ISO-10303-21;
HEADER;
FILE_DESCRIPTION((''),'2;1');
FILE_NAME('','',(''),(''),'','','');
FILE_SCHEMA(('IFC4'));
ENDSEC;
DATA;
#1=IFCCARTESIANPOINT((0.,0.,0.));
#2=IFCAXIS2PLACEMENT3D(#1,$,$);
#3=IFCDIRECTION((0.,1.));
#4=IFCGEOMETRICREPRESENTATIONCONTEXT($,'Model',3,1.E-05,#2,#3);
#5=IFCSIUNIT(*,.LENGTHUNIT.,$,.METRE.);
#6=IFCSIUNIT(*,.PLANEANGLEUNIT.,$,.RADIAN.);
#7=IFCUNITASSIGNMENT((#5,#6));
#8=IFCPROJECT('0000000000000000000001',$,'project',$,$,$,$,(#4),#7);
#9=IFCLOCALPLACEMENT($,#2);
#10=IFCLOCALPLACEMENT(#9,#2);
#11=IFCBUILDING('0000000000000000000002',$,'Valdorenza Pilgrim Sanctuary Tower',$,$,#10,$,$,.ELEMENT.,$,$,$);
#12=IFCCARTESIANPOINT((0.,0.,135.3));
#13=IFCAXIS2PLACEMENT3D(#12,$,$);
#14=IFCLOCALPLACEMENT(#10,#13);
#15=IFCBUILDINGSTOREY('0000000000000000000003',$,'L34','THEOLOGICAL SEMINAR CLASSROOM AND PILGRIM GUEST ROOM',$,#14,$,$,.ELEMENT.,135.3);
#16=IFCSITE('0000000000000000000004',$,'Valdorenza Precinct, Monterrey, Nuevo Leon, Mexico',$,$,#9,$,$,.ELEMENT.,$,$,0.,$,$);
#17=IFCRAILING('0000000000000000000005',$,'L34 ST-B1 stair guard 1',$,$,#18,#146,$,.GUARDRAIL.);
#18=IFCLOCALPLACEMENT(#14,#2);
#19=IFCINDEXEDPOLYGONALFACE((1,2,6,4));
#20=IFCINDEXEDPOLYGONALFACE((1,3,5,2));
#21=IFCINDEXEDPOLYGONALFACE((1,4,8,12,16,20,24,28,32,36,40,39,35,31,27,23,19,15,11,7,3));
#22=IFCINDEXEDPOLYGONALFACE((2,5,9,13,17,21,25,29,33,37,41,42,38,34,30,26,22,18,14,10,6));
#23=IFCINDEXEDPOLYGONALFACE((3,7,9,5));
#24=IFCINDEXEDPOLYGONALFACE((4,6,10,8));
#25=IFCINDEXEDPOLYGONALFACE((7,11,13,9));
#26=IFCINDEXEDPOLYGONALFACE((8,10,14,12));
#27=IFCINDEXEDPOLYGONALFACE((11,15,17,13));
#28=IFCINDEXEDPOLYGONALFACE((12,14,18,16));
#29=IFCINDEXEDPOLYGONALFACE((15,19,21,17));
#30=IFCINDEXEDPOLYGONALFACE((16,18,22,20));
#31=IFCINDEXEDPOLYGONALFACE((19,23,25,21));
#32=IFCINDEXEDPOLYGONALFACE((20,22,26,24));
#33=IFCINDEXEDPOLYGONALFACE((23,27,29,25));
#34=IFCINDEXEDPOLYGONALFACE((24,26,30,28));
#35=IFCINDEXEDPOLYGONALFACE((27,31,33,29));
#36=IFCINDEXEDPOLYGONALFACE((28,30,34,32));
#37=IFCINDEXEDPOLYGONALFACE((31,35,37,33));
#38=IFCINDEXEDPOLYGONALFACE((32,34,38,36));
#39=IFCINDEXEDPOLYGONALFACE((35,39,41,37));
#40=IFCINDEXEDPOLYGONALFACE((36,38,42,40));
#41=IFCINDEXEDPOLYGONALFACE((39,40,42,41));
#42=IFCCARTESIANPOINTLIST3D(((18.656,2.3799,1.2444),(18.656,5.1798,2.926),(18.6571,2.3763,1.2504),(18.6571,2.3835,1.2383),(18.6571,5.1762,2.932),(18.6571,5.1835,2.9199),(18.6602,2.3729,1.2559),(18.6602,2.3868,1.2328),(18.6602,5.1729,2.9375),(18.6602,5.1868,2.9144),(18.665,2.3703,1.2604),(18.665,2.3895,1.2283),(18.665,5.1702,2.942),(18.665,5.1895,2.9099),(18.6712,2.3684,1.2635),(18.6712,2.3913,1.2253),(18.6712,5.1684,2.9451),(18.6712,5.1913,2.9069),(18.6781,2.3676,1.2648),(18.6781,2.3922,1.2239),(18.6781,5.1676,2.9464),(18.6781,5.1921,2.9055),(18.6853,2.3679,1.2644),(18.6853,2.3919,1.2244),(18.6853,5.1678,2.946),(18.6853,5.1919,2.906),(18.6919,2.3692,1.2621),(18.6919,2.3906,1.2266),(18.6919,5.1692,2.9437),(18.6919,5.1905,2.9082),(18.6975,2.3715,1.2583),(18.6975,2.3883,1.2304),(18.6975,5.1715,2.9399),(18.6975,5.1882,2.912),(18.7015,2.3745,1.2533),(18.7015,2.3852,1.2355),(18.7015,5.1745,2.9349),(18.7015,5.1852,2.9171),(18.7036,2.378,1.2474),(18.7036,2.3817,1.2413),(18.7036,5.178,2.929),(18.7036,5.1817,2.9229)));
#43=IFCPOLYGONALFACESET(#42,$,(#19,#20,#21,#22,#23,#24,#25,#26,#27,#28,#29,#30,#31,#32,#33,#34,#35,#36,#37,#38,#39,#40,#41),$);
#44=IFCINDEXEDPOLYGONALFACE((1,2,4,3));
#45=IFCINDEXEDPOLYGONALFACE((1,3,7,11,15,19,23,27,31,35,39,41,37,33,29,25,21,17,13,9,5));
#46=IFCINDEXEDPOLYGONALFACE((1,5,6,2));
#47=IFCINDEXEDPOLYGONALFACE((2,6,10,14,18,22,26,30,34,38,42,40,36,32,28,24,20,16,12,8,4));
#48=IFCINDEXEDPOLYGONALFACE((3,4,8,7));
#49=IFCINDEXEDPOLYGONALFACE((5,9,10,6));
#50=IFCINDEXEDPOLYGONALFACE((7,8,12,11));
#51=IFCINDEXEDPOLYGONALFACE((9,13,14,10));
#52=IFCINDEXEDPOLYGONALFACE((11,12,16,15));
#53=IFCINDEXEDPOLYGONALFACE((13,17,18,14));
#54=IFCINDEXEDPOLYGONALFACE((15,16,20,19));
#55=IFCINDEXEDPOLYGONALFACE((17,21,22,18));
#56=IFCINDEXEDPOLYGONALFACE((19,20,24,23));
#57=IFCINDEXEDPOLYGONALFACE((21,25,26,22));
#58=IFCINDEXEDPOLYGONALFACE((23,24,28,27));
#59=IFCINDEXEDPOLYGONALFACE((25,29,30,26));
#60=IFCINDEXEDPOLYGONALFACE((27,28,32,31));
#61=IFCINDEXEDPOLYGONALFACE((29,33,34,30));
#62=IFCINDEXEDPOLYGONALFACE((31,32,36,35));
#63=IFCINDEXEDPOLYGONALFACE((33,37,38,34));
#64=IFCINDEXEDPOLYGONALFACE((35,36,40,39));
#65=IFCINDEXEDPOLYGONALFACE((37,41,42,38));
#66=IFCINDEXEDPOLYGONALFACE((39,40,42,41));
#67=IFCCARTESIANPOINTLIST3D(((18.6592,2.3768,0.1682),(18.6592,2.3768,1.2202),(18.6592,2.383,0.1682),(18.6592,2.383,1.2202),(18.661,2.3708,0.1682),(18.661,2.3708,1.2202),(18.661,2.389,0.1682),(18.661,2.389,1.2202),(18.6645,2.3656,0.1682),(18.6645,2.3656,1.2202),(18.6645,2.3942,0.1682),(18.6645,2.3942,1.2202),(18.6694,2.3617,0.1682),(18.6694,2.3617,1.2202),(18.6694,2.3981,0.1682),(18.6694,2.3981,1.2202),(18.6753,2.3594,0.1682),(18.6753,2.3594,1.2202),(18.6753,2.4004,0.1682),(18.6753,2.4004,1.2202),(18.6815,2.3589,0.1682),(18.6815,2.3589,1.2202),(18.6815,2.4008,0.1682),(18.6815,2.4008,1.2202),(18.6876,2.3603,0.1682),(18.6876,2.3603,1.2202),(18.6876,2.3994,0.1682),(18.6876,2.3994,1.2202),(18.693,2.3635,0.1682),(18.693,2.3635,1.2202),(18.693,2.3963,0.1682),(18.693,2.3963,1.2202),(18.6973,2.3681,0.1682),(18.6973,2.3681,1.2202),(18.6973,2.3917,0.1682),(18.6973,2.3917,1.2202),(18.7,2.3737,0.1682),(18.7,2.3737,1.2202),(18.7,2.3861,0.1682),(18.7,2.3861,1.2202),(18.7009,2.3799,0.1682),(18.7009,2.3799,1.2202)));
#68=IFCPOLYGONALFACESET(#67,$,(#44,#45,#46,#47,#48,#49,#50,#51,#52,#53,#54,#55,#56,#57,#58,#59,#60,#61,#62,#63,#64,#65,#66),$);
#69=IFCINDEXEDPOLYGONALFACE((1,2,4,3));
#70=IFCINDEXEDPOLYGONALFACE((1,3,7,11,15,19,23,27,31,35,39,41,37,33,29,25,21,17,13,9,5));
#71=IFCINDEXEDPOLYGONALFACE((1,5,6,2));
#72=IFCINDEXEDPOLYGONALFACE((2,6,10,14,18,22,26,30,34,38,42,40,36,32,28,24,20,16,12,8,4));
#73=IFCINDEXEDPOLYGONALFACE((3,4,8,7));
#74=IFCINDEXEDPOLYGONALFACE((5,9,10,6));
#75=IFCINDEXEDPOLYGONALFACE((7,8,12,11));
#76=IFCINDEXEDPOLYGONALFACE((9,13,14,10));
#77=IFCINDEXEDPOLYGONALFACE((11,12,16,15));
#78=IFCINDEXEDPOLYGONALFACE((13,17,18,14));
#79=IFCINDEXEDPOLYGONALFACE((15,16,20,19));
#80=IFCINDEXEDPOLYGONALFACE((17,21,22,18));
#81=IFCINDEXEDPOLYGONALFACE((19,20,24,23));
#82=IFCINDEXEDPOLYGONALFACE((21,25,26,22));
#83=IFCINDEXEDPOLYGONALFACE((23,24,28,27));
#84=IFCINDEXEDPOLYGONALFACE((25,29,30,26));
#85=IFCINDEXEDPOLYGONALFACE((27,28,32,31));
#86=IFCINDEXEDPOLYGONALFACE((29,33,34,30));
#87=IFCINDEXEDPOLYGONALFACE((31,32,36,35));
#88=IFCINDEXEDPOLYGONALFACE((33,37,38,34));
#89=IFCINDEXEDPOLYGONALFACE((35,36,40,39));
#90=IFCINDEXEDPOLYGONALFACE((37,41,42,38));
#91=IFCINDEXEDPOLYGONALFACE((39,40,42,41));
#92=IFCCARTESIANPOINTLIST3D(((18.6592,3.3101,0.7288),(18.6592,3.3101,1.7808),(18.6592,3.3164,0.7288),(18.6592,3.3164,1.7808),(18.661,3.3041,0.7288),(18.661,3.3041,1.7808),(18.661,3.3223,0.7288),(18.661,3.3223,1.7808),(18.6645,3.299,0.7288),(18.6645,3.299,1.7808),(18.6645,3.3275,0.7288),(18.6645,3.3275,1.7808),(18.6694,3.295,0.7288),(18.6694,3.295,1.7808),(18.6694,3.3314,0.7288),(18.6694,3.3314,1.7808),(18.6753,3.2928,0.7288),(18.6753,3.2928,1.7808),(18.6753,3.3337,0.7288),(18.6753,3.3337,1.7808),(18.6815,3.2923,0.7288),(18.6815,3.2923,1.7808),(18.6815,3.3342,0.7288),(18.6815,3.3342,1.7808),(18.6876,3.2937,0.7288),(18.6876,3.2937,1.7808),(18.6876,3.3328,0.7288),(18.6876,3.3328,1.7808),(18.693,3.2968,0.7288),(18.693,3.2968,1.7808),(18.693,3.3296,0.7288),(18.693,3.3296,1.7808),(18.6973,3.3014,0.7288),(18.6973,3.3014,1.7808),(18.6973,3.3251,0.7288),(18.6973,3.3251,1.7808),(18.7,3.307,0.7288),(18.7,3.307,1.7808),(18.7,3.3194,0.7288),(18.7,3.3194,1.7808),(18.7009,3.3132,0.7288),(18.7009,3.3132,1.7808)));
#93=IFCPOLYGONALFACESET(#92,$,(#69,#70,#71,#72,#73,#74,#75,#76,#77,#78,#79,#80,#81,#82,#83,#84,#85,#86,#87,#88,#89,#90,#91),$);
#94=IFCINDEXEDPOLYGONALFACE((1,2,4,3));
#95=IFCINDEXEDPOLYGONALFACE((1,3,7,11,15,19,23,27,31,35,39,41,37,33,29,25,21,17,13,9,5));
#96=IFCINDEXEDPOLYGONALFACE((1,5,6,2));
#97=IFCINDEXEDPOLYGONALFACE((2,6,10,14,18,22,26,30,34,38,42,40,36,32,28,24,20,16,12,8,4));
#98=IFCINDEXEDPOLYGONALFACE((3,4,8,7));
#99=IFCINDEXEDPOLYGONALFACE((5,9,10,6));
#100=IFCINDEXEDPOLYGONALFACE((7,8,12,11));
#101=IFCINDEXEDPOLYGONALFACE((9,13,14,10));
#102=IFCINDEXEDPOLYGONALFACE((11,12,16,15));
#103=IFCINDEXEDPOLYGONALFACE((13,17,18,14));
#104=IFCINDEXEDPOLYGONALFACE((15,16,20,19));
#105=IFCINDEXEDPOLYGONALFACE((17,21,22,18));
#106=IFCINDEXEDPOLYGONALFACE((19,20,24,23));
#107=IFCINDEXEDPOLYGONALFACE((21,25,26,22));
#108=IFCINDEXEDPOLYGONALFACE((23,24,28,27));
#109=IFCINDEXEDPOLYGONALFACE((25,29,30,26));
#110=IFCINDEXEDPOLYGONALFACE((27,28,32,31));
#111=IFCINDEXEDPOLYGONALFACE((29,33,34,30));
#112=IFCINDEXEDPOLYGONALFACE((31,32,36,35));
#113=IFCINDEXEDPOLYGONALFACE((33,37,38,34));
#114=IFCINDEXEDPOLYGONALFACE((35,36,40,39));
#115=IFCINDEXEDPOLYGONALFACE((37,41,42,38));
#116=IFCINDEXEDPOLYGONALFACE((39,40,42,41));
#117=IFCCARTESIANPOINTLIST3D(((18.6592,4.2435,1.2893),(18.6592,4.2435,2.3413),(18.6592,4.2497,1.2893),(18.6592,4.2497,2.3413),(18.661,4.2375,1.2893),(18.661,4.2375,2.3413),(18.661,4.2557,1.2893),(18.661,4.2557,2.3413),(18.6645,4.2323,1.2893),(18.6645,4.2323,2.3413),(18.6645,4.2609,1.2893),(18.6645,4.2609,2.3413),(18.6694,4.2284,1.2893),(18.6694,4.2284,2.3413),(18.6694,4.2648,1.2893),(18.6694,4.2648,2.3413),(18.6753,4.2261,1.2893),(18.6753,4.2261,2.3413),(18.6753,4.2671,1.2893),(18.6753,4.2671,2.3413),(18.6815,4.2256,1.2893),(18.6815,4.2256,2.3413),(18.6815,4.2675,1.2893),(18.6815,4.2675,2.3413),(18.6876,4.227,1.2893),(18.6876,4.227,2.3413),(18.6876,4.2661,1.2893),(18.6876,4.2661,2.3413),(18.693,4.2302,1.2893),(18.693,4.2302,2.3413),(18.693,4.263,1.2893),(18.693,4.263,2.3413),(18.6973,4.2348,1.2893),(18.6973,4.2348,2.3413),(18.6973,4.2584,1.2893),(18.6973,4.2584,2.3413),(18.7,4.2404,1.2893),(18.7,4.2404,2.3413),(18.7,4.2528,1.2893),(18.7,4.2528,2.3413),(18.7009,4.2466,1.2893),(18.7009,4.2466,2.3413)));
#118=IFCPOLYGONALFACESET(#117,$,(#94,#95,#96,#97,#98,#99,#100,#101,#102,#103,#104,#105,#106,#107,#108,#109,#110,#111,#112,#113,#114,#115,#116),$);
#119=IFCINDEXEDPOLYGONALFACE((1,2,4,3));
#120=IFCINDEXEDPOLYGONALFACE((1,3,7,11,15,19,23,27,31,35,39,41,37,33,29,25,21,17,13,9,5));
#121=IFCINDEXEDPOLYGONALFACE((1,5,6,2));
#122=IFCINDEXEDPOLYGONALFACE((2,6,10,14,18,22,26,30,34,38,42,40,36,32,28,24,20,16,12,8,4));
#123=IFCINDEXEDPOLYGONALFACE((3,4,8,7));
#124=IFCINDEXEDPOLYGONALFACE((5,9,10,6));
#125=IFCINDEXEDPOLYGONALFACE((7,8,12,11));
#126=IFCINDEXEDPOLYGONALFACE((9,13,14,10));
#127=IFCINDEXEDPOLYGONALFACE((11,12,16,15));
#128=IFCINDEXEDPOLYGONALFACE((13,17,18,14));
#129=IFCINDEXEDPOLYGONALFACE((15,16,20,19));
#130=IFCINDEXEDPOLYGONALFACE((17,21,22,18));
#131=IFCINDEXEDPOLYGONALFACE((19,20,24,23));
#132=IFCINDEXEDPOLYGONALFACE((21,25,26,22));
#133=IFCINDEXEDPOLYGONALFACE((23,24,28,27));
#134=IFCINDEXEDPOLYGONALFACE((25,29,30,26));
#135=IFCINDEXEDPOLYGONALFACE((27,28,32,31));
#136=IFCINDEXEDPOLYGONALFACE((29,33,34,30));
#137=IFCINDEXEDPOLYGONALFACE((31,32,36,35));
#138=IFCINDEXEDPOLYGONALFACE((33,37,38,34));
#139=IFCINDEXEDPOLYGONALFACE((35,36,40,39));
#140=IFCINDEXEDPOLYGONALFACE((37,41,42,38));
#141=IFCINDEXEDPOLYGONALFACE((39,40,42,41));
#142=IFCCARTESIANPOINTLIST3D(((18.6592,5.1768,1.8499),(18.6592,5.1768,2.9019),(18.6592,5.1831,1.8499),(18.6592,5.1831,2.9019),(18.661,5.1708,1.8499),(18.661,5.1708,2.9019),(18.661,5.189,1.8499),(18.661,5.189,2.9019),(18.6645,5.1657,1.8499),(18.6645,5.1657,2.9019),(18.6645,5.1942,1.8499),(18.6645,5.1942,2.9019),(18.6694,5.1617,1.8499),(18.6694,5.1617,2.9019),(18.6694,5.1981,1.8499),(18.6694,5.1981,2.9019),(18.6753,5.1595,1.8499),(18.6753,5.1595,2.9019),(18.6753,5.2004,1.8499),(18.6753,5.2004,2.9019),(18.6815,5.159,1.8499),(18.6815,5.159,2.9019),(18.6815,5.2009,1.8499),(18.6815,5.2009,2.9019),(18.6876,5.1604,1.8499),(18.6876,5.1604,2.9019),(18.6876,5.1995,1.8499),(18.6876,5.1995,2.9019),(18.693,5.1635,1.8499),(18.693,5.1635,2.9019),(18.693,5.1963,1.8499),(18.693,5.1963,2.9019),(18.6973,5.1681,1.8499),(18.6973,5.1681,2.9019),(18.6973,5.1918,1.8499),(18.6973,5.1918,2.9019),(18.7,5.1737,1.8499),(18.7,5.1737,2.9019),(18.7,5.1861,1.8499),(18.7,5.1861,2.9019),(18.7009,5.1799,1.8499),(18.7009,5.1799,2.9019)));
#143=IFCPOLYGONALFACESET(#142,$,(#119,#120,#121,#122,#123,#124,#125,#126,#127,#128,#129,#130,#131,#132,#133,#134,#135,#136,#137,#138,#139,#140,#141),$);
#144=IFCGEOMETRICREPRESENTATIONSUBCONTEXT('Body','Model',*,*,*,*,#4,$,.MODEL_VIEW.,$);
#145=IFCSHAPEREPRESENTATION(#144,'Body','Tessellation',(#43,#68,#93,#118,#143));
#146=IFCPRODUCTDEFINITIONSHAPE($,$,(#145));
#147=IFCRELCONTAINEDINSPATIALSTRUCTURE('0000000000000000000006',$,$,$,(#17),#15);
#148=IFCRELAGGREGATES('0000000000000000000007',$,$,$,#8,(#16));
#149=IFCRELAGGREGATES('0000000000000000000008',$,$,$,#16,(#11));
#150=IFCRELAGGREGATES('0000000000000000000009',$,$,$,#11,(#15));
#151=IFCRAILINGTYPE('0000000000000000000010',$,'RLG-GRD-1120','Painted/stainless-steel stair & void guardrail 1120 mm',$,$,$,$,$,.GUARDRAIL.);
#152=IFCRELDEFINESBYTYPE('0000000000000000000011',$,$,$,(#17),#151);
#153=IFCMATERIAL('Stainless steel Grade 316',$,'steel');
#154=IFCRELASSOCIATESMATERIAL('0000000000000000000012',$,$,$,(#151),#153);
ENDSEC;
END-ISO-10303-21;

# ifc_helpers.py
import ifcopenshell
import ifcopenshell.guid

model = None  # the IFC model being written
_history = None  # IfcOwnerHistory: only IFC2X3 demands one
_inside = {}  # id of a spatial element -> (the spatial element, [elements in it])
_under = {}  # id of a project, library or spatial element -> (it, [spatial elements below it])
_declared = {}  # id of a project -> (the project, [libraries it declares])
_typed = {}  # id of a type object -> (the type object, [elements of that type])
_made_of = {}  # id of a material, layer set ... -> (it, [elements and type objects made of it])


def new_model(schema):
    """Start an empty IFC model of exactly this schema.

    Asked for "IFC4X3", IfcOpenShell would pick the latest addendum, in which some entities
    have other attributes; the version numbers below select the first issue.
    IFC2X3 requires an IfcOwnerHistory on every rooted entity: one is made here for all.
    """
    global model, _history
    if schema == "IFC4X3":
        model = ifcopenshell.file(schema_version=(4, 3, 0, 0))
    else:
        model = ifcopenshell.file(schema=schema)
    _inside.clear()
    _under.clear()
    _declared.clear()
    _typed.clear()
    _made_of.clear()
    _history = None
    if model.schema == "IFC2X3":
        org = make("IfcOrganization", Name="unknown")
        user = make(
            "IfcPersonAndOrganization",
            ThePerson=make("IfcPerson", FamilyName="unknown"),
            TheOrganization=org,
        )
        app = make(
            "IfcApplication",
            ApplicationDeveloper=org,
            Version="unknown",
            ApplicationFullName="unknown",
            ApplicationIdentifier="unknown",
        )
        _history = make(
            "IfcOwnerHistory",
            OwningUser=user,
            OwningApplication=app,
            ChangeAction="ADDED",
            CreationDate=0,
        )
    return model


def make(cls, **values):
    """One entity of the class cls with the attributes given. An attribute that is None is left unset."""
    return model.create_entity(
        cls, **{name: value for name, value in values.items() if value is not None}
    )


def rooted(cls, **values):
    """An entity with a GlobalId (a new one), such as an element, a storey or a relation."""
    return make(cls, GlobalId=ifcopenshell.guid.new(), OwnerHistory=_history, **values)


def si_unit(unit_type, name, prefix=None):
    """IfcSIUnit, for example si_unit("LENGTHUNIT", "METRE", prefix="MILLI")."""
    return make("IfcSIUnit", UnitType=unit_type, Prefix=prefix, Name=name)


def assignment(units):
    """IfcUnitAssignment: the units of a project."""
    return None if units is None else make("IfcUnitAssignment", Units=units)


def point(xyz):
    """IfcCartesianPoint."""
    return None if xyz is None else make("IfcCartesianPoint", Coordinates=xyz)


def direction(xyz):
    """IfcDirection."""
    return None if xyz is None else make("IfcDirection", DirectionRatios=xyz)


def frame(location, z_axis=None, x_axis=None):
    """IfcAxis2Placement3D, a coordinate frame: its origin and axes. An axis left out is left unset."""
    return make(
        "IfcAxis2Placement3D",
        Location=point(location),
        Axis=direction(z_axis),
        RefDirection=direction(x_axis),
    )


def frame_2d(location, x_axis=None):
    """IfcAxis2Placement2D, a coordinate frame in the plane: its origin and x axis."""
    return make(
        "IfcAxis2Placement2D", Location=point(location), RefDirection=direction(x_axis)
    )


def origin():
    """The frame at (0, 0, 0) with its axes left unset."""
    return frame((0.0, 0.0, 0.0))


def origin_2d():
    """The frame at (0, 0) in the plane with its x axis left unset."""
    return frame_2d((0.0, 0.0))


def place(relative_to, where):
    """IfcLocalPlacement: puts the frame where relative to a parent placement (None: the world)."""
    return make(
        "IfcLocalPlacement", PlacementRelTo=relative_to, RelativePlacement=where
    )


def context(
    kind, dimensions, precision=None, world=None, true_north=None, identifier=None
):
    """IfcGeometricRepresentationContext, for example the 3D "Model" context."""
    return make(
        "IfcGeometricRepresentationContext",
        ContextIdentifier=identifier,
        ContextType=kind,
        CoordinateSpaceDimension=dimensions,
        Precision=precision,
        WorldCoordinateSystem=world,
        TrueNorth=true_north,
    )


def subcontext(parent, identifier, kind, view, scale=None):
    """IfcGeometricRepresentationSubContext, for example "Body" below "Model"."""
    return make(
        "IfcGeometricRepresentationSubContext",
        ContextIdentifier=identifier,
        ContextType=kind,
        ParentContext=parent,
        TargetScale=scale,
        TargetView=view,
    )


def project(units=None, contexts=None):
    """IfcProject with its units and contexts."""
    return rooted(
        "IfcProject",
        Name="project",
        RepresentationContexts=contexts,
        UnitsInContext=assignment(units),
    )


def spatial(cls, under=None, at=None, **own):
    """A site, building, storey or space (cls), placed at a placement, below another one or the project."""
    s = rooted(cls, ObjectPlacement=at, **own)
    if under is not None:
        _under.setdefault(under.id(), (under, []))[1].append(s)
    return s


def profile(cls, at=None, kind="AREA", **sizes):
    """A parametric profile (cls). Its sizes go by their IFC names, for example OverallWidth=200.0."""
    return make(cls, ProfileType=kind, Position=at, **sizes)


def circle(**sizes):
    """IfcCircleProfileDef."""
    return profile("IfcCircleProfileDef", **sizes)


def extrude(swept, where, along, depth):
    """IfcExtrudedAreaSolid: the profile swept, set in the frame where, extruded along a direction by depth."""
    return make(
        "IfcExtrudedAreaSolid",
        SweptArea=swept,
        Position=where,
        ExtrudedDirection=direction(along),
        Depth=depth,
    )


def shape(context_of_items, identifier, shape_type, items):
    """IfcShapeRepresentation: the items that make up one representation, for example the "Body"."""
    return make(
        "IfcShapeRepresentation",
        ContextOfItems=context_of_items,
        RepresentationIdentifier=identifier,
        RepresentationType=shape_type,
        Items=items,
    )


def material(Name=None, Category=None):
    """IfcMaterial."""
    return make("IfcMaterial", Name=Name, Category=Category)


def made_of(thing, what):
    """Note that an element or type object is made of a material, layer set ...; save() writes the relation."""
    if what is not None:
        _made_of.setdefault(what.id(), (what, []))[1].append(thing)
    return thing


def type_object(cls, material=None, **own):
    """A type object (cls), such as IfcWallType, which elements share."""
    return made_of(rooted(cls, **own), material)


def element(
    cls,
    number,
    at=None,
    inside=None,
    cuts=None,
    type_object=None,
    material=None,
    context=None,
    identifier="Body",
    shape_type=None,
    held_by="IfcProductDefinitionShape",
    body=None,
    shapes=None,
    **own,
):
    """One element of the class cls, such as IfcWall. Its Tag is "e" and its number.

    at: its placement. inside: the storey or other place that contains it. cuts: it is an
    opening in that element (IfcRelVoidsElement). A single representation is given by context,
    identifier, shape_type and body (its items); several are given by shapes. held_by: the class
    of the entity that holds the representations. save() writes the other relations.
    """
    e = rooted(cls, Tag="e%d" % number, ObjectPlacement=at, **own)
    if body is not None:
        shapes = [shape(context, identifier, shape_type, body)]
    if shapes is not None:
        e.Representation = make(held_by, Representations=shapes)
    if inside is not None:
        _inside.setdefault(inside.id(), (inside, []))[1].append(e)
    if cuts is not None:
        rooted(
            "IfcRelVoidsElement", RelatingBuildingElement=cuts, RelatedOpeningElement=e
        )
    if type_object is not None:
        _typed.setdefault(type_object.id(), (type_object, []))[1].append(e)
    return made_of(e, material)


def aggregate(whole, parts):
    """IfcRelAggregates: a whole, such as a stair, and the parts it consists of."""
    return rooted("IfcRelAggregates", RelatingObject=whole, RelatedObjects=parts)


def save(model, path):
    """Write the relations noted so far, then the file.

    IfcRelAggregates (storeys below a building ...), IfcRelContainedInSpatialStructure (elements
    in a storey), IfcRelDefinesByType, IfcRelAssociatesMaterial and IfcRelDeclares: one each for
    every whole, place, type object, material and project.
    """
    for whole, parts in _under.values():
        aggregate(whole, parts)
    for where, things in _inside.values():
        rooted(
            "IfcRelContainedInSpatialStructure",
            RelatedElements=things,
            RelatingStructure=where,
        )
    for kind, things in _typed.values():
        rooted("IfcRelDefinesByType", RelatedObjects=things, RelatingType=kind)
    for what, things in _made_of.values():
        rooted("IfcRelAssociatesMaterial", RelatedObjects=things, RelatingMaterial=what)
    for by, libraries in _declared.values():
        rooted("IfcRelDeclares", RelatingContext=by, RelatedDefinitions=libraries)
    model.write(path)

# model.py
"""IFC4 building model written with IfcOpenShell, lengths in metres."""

from ifc_helpers import new_model, si_unit, direction, frame, origin, origin_2d, place, context, subcontext, project, spatial, circle, extrude, material, type_object, element, save


model = new_model("IFC4")

# Units and contexts
model_context = context("Model", 3, precision=1e-05, world=origin(), true_north=direction((0.0, 1.0)))
body_context = subcontext(model_context, "Body", "Model", "MODEL_VIEW")
ifc_project = project(units=[si_unit("LENGTHUNIT", "METRE"), si_unit("PLANEANGLEUNIT", "RADIAN")], contexts=[model_context])

# Site, building, storey
site_placement = place(None, origin())
site = spatial("IfcSite", under=ifc_project, at=site_placement, Name="Valdorenza Precinct, Monterrey, Nuevo Leon, Mexico", CompositionType="ELEMENT", RefElevation=0.0)
building_placement = place(site_placement, origin())
building = spatial("IfcBuilding", under=site, at=building_placement, Name="Valdorenza Pilgrim Sanctuary Tower", CompositionType="ELEMENT")
storey_placement = place(building_placement, frame((0.0, 0.0, 135.3)))
storey = spatial("IfcBuildingStorey", under=building, at=storey_placement, Name="L34", Description="THEOLOGICAL SEMINAR CLASSROOM AND PILGRIM GUEST ROOM", CompositionType="ELEMENT", Elevation=135.3)

# Railing
ifc_material_1 = material(Name="Stainless steel Grade 316", Category="steel")
railing_type_1 = type_object("IfcRailingType", Name="RLG-GRD-1120", Description="Painted/stainless-steel stair & void guardrail 1120 mm", PredefinedType="GUARDRAIL", material=ifc_material_1)
railing_1_placement = place(storey_placement, frame((18.6799, 2.3799, 0.1682)))
element("IfcRailing", 1, at=railing_1_placement, inside=storey, type_object=railing_type_1, Name="L34 ST-B1 stair guard 1", PredefinedType="GUARDRAIL", context=body_context, shape_type="SweptSolid", body=[
    extrude(circle(Radius=0.0239, at=origin_2d()), frame((0.0, 0.0, 1.0762), z_axis=(0.0, 0.857275, 0.514858), x_axis=(-1.0, 0.0, 0.0)), (0.0, 0.0, 1.0), 3.2661),
    extrude(circle(Radius=0.021, at=origin_2d()), origin(), (0.0, 0.0, 1.0), 1.052),
    extrude(circle(Radius=0.021, at=origin_2d()), frame((0.0, 0.9333, 0.5605)), (0.0, 0.0, 1.0), 1.052),
    extrude(circle(Radius=0.021, at=origin_2d()), frame((0.0, 1.8667, 1.1211)), (0.0, 0.0, 1.0), 1.052),
    extrude(circle(Radius=0.021, at=origin_2d()), frame((0.0, 2.8, 1.6816)), (0.0, 0.0, 1.0), 1.052),
])

save(model, "model.ifc")
